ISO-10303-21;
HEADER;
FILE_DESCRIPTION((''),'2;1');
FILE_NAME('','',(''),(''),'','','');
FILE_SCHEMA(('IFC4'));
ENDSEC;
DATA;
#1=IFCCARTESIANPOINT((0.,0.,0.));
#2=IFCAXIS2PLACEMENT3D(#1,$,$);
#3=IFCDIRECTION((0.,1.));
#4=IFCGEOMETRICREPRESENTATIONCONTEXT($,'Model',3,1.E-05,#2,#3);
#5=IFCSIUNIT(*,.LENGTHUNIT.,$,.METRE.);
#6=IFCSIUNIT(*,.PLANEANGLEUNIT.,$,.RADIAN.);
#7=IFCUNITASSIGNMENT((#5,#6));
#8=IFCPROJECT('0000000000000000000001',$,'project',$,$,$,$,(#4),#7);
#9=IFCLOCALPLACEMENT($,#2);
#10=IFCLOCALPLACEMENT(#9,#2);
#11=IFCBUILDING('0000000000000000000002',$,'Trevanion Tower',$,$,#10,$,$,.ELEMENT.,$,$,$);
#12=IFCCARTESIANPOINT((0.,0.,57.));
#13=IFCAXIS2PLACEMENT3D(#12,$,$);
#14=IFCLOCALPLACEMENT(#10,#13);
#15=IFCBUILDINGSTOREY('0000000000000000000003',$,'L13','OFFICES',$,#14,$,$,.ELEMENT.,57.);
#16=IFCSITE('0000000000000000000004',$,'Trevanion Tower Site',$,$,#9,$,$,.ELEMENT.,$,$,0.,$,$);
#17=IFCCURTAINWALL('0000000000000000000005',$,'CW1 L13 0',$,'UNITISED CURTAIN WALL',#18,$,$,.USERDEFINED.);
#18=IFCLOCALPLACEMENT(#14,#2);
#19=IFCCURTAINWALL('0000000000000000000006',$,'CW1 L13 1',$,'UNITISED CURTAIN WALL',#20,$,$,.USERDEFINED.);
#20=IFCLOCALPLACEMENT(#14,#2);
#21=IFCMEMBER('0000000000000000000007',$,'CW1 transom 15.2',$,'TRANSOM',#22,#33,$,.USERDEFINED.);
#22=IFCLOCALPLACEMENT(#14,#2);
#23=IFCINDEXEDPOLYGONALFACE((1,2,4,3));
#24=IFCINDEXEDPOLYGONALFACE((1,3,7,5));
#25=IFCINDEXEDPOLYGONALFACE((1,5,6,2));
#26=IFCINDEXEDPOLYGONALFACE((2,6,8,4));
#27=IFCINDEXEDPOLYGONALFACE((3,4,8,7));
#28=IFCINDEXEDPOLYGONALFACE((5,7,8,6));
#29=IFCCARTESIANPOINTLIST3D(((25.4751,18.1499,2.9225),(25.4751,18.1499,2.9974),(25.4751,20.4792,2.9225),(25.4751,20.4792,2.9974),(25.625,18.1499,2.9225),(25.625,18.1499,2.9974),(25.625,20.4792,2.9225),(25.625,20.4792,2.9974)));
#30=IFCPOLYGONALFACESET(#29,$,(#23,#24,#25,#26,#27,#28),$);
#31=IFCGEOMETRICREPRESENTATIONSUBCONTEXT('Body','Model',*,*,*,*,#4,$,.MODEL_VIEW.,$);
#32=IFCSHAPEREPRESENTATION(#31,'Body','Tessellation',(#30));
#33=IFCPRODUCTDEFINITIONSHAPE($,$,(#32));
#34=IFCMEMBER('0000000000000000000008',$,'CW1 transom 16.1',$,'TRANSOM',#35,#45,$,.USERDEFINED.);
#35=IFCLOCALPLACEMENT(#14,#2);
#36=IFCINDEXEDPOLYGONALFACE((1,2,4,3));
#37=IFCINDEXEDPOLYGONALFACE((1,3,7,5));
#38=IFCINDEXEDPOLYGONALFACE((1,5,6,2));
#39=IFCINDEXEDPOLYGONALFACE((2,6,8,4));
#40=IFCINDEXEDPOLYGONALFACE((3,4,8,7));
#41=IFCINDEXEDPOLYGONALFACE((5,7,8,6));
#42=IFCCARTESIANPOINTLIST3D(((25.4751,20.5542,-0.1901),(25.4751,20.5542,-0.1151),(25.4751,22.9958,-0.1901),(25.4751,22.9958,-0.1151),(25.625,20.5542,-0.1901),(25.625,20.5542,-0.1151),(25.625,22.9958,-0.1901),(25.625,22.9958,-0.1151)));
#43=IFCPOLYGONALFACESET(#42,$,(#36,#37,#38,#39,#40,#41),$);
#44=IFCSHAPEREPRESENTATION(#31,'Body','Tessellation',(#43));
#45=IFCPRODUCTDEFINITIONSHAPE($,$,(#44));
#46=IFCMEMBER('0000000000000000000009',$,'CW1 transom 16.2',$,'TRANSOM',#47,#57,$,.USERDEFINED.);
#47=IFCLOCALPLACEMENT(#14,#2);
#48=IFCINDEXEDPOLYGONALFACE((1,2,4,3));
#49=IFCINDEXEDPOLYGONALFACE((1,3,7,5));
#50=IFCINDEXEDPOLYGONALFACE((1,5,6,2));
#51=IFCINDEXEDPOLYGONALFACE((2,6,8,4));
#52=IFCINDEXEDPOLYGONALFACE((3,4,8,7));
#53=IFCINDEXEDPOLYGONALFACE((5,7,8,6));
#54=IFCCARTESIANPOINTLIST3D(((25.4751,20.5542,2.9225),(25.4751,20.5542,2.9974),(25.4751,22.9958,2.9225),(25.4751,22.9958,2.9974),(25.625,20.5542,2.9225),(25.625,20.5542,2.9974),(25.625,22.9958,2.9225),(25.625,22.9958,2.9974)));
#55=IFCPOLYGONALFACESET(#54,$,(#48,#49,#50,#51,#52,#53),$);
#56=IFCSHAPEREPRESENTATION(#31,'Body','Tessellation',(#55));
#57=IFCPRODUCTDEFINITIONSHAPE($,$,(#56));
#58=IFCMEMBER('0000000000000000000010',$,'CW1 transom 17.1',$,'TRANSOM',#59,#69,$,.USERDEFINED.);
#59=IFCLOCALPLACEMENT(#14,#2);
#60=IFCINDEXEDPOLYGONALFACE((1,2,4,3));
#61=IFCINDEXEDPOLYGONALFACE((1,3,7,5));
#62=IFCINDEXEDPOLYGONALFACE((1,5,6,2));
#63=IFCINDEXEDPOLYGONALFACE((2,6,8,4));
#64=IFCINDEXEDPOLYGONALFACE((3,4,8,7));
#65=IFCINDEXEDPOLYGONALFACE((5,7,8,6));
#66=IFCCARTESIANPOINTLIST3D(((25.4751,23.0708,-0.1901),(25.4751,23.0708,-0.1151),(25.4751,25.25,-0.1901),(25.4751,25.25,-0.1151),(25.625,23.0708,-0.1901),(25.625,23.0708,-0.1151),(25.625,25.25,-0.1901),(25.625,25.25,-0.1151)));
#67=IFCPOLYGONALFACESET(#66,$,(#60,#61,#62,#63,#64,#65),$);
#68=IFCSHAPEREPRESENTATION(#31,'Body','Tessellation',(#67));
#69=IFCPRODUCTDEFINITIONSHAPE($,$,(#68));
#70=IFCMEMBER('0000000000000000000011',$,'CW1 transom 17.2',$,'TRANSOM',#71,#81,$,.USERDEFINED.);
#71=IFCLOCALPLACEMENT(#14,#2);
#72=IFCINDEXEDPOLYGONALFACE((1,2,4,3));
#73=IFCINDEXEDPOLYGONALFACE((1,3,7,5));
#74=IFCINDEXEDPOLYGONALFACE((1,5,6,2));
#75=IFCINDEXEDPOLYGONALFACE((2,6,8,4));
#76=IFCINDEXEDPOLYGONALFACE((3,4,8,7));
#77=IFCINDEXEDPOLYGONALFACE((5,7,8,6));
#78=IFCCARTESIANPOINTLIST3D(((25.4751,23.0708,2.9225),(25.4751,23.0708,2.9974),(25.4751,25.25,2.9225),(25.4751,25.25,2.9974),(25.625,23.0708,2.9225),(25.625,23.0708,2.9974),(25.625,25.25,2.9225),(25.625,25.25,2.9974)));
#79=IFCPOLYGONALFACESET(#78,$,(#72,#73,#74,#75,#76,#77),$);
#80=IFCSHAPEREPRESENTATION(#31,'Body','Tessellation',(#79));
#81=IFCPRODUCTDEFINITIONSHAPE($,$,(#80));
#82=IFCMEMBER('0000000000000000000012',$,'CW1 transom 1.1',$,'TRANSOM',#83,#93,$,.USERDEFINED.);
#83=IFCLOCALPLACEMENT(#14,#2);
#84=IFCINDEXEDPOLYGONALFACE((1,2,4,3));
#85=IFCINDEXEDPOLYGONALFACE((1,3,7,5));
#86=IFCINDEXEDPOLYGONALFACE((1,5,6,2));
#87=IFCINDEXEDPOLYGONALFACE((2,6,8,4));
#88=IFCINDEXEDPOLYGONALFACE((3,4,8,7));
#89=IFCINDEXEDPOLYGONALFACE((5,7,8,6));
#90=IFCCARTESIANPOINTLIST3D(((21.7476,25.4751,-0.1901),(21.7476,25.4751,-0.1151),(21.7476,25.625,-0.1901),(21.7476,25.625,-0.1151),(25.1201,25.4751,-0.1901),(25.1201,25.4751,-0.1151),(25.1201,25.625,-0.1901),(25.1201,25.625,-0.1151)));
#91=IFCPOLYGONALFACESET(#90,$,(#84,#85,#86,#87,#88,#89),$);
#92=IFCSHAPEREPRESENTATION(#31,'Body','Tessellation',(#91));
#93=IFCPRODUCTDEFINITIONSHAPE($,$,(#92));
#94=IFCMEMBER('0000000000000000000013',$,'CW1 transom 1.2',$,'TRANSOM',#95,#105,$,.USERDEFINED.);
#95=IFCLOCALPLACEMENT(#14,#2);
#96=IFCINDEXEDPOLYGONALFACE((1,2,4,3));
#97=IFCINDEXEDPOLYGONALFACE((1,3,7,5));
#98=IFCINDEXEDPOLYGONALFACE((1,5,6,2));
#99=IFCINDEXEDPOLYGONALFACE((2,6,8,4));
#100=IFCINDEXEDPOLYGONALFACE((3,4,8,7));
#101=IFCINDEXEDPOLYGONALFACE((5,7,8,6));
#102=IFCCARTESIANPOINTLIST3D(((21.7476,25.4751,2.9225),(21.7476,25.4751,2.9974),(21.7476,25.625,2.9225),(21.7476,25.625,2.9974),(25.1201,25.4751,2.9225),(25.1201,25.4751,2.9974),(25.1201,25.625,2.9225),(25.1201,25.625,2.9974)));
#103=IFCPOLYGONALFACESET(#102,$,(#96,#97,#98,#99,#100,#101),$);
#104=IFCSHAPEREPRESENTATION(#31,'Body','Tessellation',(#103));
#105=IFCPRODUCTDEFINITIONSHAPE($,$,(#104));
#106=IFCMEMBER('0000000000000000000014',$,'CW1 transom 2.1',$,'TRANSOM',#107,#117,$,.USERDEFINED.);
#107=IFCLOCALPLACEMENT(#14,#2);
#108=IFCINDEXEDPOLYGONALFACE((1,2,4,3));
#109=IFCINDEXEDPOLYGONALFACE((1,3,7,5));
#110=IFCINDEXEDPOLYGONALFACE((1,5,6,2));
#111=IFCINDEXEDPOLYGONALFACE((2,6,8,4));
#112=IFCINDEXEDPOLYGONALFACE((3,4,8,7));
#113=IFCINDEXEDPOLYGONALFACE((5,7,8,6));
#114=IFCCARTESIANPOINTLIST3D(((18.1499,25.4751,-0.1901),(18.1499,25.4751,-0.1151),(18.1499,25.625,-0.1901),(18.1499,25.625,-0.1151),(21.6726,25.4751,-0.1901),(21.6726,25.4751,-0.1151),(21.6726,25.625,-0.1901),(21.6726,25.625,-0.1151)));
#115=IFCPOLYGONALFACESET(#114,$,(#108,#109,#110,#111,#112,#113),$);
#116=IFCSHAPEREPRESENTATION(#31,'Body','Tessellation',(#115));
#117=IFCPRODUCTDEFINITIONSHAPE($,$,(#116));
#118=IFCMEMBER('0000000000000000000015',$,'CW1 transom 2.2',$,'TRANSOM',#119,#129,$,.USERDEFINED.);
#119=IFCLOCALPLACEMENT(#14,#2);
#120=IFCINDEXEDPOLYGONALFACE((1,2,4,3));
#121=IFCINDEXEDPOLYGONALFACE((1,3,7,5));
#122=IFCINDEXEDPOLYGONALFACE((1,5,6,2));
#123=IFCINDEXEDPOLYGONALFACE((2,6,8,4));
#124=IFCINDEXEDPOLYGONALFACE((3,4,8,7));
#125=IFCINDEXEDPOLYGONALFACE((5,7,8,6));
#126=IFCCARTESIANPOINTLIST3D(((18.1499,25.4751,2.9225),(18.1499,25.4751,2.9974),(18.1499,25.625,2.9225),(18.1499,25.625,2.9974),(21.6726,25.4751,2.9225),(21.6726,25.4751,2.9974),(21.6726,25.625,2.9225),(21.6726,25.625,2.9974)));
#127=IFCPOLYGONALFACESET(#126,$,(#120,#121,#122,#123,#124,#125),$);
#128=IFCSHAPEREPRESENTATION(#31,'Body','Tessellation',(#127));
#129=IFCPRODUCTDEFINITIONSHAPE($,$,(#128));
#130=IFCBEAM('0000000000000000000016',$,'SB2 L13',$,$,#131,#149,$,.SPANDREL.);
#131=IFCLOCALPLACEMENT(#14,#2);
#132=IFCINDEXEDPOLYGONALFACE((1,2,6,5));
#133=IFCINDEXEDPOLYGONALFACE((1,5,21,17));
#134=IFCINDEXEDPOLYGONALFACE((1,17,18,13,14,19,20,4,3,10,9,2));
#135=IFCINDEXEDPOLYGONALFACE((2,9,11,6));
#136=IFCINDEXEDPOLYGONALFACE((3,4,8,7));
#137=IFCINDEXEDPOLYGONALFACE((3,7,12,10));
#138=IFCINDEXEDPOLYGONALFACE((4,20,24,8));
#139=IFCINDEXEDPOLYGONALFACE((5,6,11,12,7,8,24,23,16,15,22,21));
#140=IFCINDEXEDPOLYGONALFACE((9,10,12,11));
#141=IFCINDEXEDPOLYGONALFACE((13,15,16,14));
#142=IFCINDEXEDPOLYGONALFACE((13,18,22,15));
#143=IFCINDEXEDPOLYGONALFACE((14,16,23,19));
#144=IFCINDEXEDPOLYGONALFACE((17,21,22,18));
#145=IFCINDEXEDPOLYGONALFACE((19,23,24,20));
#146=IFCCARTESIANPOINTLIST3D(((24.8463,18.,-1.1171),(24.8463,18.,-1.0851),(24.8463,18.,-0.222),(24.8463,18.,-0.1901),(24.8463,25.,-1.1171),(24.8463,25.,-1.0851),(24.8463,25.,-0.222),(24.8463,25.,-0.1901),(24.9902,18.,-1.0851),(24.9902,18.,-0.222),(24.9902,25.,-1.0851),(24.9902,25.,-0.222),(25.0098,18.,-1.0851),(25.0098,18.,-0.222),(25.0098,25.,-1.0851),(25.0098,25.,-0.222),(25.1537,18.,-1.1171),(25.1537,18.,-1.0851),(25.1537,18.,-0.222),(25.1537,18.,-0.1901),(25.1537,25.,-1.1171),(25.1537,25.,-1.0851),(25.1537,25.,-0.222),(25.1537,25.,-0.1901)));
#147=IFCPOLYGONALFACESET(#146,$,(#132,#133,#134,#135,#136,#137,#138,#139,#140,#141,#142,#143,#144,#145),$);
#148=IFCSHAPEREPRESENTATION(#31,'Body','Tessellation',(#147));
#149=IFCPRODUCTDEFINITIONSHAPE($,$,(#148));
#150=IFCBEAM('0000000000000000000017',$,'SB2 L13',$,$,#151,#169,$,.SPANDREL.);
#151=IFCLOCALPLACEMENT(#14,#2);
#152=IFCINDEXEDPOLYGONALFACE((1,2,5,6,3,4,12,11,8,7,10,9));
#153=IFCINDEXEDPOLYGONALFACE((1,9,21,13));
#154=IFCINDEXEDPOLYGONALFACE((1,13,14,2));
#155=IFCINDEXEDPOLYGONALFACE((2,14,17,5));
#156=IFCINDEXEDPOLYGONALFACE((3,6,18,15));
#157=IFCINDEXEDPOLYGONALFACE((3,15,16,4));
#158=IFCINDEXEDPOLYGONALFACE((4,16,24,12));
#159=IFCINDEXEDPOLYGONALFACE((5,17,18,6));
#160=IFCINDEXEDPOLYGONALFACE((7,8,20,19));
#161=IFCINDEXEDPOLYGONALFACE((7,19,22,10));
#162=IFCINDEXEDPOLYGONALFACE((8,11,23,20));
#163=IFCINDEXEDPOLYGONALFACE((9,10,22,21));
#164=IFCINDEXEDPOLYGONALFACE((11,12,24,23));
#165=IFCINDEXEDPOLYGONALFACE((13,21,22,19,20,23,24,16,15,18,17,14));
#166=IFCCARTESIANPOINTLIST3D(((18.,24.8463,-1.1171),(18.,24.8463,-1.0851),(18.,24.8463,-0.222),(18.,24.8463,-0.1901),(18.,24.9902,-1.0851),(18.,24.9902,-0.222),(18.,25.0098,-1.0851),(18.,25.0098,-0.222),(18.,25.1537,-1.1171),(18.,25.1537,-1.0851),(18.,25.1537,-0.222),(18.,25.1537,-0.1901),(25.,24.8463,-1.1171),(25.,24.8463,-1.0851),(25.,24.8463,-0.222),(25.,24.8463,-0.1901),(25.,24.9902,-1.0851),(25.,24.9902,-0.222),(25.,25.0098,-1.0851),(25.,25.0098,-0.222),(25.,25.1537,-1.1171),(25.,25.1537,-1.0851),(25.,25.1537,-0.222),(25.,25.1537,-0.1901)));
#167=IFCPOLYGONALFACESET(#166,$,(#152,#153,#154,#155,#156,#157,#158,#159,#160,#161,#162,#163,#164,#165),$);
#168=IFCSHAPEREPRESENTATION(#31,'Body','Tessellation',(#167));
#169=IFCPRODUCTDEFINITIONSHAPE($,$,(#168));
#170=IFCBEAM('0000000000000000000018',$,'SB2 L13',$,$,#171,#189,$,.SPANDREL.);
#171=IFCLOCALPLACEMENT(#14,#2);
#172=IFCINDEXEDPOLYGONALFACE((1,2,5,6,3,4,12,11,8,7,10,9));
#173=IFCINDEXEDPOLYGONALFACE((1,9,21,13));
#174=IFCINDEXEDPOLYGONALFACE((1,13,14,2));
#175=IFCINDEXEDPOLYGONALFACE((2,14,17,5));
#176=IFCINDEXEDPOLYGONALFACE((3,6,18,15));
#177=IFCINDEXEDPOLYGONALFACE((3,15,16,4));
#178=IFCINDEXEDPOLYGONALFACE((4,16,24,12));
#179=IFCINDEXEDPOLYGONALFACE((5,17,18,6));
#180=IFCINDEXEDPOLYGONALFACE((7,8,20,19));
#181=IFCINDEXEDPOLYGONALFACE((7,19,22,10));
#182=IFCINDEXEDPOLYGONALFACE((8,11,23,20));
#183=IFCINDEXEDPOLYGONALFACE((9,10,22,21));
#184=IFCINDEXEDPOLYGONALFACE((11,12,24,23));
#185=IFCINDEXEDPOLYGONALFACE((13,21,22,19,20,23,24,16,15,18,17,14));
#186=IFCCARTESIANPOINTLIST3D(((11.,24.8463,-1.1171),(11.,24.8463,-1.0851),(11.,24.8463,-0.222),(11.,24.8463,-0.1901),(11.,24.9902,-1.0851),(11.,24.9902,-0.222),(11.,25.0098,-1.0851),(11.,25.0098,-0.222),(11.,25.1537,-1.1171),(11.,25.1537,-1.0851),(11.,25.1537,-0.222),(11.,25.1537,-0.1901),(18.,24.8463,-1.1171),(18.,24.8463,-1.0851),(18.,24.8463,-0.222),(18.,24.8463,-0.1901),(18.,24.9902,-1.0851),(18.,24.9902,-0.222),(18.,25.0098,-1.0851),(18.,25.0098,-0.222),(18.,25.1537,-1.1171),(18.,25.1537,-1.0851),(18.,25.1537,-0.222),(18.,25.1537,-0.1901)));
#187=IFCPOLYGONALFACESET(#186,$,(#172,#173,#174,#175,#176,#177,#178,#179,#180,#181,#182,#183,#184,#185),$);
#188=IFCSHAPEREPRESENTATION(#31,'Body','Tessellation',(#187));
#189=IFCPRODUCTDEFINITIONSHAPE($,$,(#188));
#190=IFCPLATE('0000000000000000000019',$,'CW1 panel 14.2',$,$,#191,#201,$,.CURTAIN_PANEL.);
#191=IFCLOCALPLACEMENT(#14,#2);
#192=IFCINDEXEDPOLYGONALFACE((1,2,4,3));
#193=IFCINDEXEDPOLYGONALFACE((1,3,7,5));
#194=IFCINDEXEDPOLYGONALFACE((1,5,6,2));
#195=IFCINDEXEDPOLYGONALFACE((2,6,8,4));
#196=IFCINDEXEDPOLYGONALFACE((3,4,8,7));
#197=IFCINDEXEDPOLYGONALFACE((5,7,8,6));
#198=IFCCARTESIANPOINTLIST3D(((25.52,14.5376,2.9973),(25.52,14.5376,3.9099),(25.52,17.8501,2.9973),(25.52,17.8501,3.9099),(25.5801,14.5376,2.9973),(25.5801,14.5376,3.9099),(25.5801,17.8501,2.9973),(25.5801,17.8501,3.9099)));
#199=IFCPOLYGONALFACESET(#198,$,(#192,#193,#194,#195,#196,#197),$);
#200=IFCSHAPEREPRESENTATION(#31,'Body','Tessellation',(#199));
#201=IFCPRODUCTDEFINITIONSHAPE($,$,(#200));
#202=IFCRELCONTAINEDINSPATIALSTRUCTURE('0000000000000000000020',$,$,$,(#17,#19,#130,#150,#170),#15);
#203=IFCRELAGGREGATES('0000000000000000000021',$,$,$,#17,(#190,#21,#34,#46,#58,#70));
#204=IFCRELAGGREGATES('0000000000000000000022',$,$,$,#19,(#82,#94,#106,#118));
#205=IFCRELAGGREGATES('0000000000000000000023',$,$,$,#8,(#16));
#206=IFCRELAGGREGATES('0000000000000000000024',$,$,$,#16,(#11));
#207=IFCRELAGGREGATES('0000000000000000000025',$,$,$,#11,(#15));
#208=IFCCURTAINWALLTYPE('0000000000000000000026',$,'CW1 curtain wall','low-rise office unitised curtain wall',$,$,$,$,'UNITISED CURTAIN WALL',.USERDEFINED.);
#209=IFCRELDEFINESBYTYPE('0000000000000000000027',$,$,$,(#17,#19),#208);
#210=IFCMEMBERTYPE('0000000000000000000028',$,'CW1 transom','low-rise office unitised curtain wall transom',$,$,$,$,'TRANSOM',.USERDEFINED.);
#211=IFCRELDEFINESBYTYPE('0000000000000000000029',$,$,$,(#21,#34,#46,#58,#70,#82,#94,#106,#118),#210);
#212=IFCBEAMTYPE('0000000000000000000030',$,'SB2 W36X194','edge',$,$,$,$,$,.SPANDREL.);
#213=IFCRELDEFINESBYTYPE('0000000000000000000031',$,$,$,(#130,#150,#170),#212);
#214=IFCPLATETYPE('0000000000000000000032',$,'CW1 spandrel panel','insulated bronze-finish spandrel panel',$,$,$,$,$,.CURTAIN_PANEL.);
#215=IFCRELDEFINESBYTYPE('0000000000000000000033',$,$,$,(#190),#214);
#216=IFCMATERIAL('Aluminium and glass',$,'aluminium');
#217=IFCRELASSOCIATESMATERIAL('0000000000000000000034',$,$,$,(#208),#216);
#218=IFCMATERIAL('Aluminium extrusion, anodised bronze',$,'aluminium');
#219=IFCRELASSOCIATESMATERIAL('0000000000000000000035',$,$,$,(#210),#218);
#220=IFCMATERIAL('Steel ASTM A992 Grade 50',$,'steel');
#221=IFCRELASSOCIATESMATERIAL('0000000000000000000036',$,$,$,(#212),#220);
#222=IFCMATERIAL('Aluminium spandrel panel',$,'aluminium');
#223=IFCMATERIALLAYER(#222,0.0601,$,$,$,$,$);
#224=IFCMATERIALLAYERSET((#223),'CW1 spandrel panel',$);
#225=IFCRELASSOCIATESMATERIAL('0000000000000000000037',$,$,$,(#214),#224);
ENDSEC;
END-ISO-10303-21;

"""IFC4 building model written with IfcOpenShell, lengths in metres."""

from ifc_helpers import new_model, si_unit, direction, frame, origin, origin_2d, place, context, subcontext, project, spatial, rectangle, i_section, extrude, material, layer, layer_set, material_profile, profile_set, type_object, element, aggregate, save


model = new_model("IFC4")

# Units and contexts
model_context = context("Model", 3, precision=1e-05, world=origin(), true_north=direction((0.0, 1.0)))
body_context = subcontext(model_context, "Body", "Model", "MODEL_VIEW")
ifc_project = project(units=[si_unit("LENGTHUNIT", "METRE"), si_unit("PLANEANGLEUNIT", "RADIAN")], contexts=[model_context])

# Site, building, storey
site_placement = place(None, origin())
site = spatial("IfcSite", under=ifc_project, at=site_placement, Name="Trevanion Tower Site", CompositionType="ELEMENT", RefElevation=0.0)
building_placement = place(site_placement, origin())
building = spatial("IfcBuilding", under=site, at=building_placement, Name="Trevanion Tower", CompositionType="ELEMENT")
storey_placement = place(building_placement, frame((0.0, 0.0, 57.0)))
storey = spatial("IfcBuildingStorey", under=building, at=storey_placement, Name="L13", Description="OFFICES", CompositionType="ELEMENT", Elevation=57.0)

# Curtain wall
ifc_material_1 = material(Name="Aluminium and glass", Category="aluminium")
curtain_wall_type = type_object("IfcCurtainWallType", Name="CW1 curtain wall", Description="low-rise office unitised curtain wall", ElementType="UNITISED CURTAIN WALL", PredefinedType="USERDEFINED", material=ifc_material_1)
curtain_wall_1_placement = place(storey_placement, origin())
curtain_wall_1 = element("IfcCurtainWall", 1, at=curtain_wall_1_placement, inside=storey, type_object=curtain_wall_type, Name="CW1 L13 0", ObjectType="UNITISED CURTAIN WALL", PredefinedType="USERDEFINED")

# Curtain wall
curtain_wall_2_placement = place(storey_placement, origin())
curtain_wall_2 = element("IfcCurtainWall", 2, at=curtain_wall_2_placement, inside=storey, type_object=curtain_wall_type, Name="CW1 L13 1", ObjectType="UNITISED CURTAIN WALL", PredefinedType="USERDEFINED")

# Members
ifc_material_2 = material(Name="Aluminium extrusion, anodised bronze", Category="aluminium")
ifc_material_profile_1 = material_profile(ifc_material_2, rectangle(XDim=0.1499, YDim=0.075, at=origin_2d()), Name="CW1 transom")
ifc_profile_set_1 = profile_set([ifc_material_profile_1], Name="Aluminium extrusion, anodised bronze")
member_type_1 = type_object("IfcMemberType", Name="CW1 transom", Description="low-rise office unitised curtain wall transom", ElementType="TRANSOM", PredefinedType="USERDEFINED", material=ifc_profile_set_1)
member_1_placement = place(storey_placement, frame((25.55, 18.1499, 2.96), z_axis=(0.0, 1.0, 0.0), x_axis=(-1.0, 0.0, 0.0)))
member_1 = element("IfcMember", 3, at=member_1_placement, type_object=member_type_1, Name="CW1 transom 15.2", ObjectType="TRANSOM", PredefinedType="USERDEFINED", context=body_context, shape_type="SweptSolid", body=[
    extrude(rectangle(XDim=0.1499, YDim=0.075, at=origin_2d()), origin(), (0.0, 0.0, 1.0), 2.3293),
])
member_2_placement = place(storey_placement, frame((25.55, 20.5542, -0.1526), z_axis=(0.0, 1.0, 0.0), x_axis=(-1.0, 0.0, 0.0)))
member_2 = element("IfcMember", 4, at=member_2_placement, type_object=member_type_1, Name="CW1 transom 16.1", ObjectType="TRANSOM", PredefinedType="USERDEFINED", context=body_context, shape_type="SweptSolid", body=[
    extrude(rectangle(XDim=0.1499, YDim=0.075, at=origin_2d()), origin(), (0.0, 0.0, 1.0), 2.4417),
])
member_3_placement = place(storey_placement, frame((25.55, 20.5542, 2.96), z_axis=(0.0, 1.0, 0.0), x_axis=(-1.0, 0.0, 0.0)))
member_3 = element("IfcMember", 5, at=member_3_placement, type_object=member_type_1, Name="CW1 transom 16.2", ObjectType="TRANSOM", PredefinedType="USERDEFINED", context=body_context, shape_type="SweptSolid", body=[
    extrude(rectangle(XDim=0.1499, YDim=0.075, at=origin_2d()), origin(), (0.0, 0.0, 1.0), 2.4417),
])
member_4_placement = place(storey_placement, frame((25.55, 23.0708, -0.1526), z_axis=(0.0, 1.0, 0.0), x_axis=(-1.0, 0.0, 0.0)))
member_4 = element("IfcMember", 6, at=member_4_placement, type_object=member_type_1, Name="CW1 transom 17.1", ObjectType="TRANSOM", PredefinedType="USERDEFINED", context=body_context, shape_type="SweptSolid", body=[
    extrude(rectangle(XDim=0.1499, YDim=0.075, at=origin_2d()), origin(), (0.0, 0.0, 1.0), 2.1792),
])
member_5_placement = place(storey_placement, frame((25.55, 23.0708, 2.96), z_axis=(0.0, 1.0, 0.0), x_axis=(-1.0, 0.0, 0.0)))
member_5 = element("IfcMember", 7, at=member_5_placement, type_object=member_type_1, Name="CW1 transom 17.2", ObjectType="TRANSOM", PredefinedType="USERDEFINED", context=body_context, shape_type="SweptSolid", body=[
    extrude(rectangle(XDim=0.1499, YDim=0.075, at=origin_2d()), origin(), (0.0, 0.0, 1.0), 2.1792),
])
member_6_placement = place(storey_placement, frame((25.1201, 25.55, -0.1526), z_axis=(-1.0, 0.0, 0.0), x_axis=(0.0, -1.0, 0.0)))
member_6 = element("IfcMember", 8, at=member_6_placement, type_object=member_type_1, Name="CW1 transom 1.1", ObjectType="TRANSOM", PredefinedType="USERDEFINED", context=body_context, shape_type="SweptSolid", body=[
    extrude(rectangle(XDim=0.1499, YDim=0.075, at=origin_2d()), origin(), (0.0, 0.0, 1.0), 3.3726),
])
member_7_placement = place(storey_placement, frame((25.1201, 25.55, 2.96), z_axis=(-1.0, 0.0, 0.0), x_axis=(0.0, -1.0, 0.0)))
member_7 = element("IfcMember", 9, at=member_7_placement, type_object=member_type_1, Name="CW1 transom 1.2", ObjectType="TRANSOM", PredefinedType="USERDEFINED", context=body_context, shape_type="SweptSolid", body=[
    extrude(rectangle(XDim=0.1499, YDim=0.075, at=origin_2d()), origin(), (0.0, 0.0, 1.0), 3.3726),
])
member_8_placement = place(storey_placement, frame((21.6726, 25.55, -0.1526), z_axis=(-1.0, 0.0, 0.0), x_axis=(0.0, -1.0, 0.0)))
member_8 = element("IfcMember", 10, at=member_8_placement, type_object=member_type_1, Name="CW1 transom 2.1", ObjectType="TRANSOM", PredefinedType="USERDEFINED", context=body_context, shape_type="SweptSolid", body=[
    extrude(rectangle(XDim=0.1499, YDim=0.075, at=origin_2d()), origin(), (0.0, 0.0, 1.0), 3.5227),
])
member_9_placement = place(storey_placement, frame((21.6726, 25.55, 2.96), z_axis=(-1.0, 0.0, 0.0), x_axis=(0.0, -1.0, 0.0)))
member_9 = element("IfcMember", 11, at=member_9_placement, type_object=member_type_1, Name="CW1 transom 2.2", ObjectType="TRANSOM", PredefinedType="USERDEFINED", context=body_context, shape_type="SweptSolid", body=[
    extrude(rectangle(XDim=0.1499, YDim=0.075, at=origin_2d()), origin(), (0.0, 0.0, 1.0), 3.5227),
])

# Beams
ifc_material_3 = material(Name="Steel ASTM A992 Grade 50", Category="steel")
ifc_material_profile_2 = material_profile(ifc_material_3, i_section(OverallWidth=0.3074, OverallDepth=0.927, WebThickness=0.0195, FlangeThickness=0.032, at=origin_2d()), Name="W36X194")
ifc_profile_set_2 = profile_set([ifc_material_profile_2], Name="Steel ASTM A992 Grade 50")
beam_type = type_object("IfcBeamType", Name="SB2 W36X194", Description="edge", PredefinedType="SPANDREL", material=ifc_profile_set_2)
for number, where, z_axis, x_axis, name in (
    (12, (25.0, 18.0, -0.6536), (0.0, 1.0, 0.0), (-1.0, 0.0, 0.0), "SB2 L13"),
    (13, (25.0, 25.0, -0.6536), (-1.0, 0.0, 0.0), (0.0, -1.0, 0.0), "SB2 L13"),
    (14, (18.0, 25.0, -0.6536), (-1.0, 0.0, 0.0), (0.0, -1.0, 0.0), "SB2 L13"),
):
    element("IfcBeam", number, at=place(storey_placement, frame(where, z_axis=z_axis, x_axis=x_axis)), inside=storey, type_object=beam_type, Name=name, PredefinedType="SPANDREL", context=body_context, shape_type="SweptSolid", body=[
        extrude(i_section(OverallWidth=0.3074, OverallDepth=0.927, WebThickness=0.0195, FlangeThickness=0.032, at=origin_2d()), origin(), (0.0, 0.0, 1.0), 7.0),
    ])

# Plate
ifc_material_4 = material(Name="Aluminium spandrel panel", Category="aluminium")
ifc_layer_1 = layer(ifc_material_4, 0.0601)
ifc_layer_set_1 = layer_set([ifc_layer_1], Name="CW1 spandrel panel")
plate_type_1 = type_object("IfcPlateType", Name="CW1 spandrel panel", Description="insulated bronze-finish spandrel panel", PredefinedType="CURTAIN_PANEL", material=ifc_layer_set_1)
plate_1_placement = place(storey_placement, frame((25.55, 16.1938, 2.9973), z_axis=(0.0, 0.0, 1.0), x_axis=(0.0, 1.0, 0.0)))
plate_1 = element("IfcPlate", 15, at=plate_1_placement, type_object=plate_type_1, Name="CW1 panel 14.2", PredefinedType="CURTAIN_PANEL", context=body_context, shape_type="SweptSolid", body=[
    extrude(rectangle(XDim=3.3125, YDim=0.0601, at=origin_2d()), origin(), (0.0, 0.0, 1.0), 0.9126),
])
aggregate(curtain_wall_1, [plate_1, member_1, member_2, member_3, member_4, member_5])
aggregate(curtain_wall_2, [member_6, member_7, member_8, member_9])

save(model, "model.ifc")
